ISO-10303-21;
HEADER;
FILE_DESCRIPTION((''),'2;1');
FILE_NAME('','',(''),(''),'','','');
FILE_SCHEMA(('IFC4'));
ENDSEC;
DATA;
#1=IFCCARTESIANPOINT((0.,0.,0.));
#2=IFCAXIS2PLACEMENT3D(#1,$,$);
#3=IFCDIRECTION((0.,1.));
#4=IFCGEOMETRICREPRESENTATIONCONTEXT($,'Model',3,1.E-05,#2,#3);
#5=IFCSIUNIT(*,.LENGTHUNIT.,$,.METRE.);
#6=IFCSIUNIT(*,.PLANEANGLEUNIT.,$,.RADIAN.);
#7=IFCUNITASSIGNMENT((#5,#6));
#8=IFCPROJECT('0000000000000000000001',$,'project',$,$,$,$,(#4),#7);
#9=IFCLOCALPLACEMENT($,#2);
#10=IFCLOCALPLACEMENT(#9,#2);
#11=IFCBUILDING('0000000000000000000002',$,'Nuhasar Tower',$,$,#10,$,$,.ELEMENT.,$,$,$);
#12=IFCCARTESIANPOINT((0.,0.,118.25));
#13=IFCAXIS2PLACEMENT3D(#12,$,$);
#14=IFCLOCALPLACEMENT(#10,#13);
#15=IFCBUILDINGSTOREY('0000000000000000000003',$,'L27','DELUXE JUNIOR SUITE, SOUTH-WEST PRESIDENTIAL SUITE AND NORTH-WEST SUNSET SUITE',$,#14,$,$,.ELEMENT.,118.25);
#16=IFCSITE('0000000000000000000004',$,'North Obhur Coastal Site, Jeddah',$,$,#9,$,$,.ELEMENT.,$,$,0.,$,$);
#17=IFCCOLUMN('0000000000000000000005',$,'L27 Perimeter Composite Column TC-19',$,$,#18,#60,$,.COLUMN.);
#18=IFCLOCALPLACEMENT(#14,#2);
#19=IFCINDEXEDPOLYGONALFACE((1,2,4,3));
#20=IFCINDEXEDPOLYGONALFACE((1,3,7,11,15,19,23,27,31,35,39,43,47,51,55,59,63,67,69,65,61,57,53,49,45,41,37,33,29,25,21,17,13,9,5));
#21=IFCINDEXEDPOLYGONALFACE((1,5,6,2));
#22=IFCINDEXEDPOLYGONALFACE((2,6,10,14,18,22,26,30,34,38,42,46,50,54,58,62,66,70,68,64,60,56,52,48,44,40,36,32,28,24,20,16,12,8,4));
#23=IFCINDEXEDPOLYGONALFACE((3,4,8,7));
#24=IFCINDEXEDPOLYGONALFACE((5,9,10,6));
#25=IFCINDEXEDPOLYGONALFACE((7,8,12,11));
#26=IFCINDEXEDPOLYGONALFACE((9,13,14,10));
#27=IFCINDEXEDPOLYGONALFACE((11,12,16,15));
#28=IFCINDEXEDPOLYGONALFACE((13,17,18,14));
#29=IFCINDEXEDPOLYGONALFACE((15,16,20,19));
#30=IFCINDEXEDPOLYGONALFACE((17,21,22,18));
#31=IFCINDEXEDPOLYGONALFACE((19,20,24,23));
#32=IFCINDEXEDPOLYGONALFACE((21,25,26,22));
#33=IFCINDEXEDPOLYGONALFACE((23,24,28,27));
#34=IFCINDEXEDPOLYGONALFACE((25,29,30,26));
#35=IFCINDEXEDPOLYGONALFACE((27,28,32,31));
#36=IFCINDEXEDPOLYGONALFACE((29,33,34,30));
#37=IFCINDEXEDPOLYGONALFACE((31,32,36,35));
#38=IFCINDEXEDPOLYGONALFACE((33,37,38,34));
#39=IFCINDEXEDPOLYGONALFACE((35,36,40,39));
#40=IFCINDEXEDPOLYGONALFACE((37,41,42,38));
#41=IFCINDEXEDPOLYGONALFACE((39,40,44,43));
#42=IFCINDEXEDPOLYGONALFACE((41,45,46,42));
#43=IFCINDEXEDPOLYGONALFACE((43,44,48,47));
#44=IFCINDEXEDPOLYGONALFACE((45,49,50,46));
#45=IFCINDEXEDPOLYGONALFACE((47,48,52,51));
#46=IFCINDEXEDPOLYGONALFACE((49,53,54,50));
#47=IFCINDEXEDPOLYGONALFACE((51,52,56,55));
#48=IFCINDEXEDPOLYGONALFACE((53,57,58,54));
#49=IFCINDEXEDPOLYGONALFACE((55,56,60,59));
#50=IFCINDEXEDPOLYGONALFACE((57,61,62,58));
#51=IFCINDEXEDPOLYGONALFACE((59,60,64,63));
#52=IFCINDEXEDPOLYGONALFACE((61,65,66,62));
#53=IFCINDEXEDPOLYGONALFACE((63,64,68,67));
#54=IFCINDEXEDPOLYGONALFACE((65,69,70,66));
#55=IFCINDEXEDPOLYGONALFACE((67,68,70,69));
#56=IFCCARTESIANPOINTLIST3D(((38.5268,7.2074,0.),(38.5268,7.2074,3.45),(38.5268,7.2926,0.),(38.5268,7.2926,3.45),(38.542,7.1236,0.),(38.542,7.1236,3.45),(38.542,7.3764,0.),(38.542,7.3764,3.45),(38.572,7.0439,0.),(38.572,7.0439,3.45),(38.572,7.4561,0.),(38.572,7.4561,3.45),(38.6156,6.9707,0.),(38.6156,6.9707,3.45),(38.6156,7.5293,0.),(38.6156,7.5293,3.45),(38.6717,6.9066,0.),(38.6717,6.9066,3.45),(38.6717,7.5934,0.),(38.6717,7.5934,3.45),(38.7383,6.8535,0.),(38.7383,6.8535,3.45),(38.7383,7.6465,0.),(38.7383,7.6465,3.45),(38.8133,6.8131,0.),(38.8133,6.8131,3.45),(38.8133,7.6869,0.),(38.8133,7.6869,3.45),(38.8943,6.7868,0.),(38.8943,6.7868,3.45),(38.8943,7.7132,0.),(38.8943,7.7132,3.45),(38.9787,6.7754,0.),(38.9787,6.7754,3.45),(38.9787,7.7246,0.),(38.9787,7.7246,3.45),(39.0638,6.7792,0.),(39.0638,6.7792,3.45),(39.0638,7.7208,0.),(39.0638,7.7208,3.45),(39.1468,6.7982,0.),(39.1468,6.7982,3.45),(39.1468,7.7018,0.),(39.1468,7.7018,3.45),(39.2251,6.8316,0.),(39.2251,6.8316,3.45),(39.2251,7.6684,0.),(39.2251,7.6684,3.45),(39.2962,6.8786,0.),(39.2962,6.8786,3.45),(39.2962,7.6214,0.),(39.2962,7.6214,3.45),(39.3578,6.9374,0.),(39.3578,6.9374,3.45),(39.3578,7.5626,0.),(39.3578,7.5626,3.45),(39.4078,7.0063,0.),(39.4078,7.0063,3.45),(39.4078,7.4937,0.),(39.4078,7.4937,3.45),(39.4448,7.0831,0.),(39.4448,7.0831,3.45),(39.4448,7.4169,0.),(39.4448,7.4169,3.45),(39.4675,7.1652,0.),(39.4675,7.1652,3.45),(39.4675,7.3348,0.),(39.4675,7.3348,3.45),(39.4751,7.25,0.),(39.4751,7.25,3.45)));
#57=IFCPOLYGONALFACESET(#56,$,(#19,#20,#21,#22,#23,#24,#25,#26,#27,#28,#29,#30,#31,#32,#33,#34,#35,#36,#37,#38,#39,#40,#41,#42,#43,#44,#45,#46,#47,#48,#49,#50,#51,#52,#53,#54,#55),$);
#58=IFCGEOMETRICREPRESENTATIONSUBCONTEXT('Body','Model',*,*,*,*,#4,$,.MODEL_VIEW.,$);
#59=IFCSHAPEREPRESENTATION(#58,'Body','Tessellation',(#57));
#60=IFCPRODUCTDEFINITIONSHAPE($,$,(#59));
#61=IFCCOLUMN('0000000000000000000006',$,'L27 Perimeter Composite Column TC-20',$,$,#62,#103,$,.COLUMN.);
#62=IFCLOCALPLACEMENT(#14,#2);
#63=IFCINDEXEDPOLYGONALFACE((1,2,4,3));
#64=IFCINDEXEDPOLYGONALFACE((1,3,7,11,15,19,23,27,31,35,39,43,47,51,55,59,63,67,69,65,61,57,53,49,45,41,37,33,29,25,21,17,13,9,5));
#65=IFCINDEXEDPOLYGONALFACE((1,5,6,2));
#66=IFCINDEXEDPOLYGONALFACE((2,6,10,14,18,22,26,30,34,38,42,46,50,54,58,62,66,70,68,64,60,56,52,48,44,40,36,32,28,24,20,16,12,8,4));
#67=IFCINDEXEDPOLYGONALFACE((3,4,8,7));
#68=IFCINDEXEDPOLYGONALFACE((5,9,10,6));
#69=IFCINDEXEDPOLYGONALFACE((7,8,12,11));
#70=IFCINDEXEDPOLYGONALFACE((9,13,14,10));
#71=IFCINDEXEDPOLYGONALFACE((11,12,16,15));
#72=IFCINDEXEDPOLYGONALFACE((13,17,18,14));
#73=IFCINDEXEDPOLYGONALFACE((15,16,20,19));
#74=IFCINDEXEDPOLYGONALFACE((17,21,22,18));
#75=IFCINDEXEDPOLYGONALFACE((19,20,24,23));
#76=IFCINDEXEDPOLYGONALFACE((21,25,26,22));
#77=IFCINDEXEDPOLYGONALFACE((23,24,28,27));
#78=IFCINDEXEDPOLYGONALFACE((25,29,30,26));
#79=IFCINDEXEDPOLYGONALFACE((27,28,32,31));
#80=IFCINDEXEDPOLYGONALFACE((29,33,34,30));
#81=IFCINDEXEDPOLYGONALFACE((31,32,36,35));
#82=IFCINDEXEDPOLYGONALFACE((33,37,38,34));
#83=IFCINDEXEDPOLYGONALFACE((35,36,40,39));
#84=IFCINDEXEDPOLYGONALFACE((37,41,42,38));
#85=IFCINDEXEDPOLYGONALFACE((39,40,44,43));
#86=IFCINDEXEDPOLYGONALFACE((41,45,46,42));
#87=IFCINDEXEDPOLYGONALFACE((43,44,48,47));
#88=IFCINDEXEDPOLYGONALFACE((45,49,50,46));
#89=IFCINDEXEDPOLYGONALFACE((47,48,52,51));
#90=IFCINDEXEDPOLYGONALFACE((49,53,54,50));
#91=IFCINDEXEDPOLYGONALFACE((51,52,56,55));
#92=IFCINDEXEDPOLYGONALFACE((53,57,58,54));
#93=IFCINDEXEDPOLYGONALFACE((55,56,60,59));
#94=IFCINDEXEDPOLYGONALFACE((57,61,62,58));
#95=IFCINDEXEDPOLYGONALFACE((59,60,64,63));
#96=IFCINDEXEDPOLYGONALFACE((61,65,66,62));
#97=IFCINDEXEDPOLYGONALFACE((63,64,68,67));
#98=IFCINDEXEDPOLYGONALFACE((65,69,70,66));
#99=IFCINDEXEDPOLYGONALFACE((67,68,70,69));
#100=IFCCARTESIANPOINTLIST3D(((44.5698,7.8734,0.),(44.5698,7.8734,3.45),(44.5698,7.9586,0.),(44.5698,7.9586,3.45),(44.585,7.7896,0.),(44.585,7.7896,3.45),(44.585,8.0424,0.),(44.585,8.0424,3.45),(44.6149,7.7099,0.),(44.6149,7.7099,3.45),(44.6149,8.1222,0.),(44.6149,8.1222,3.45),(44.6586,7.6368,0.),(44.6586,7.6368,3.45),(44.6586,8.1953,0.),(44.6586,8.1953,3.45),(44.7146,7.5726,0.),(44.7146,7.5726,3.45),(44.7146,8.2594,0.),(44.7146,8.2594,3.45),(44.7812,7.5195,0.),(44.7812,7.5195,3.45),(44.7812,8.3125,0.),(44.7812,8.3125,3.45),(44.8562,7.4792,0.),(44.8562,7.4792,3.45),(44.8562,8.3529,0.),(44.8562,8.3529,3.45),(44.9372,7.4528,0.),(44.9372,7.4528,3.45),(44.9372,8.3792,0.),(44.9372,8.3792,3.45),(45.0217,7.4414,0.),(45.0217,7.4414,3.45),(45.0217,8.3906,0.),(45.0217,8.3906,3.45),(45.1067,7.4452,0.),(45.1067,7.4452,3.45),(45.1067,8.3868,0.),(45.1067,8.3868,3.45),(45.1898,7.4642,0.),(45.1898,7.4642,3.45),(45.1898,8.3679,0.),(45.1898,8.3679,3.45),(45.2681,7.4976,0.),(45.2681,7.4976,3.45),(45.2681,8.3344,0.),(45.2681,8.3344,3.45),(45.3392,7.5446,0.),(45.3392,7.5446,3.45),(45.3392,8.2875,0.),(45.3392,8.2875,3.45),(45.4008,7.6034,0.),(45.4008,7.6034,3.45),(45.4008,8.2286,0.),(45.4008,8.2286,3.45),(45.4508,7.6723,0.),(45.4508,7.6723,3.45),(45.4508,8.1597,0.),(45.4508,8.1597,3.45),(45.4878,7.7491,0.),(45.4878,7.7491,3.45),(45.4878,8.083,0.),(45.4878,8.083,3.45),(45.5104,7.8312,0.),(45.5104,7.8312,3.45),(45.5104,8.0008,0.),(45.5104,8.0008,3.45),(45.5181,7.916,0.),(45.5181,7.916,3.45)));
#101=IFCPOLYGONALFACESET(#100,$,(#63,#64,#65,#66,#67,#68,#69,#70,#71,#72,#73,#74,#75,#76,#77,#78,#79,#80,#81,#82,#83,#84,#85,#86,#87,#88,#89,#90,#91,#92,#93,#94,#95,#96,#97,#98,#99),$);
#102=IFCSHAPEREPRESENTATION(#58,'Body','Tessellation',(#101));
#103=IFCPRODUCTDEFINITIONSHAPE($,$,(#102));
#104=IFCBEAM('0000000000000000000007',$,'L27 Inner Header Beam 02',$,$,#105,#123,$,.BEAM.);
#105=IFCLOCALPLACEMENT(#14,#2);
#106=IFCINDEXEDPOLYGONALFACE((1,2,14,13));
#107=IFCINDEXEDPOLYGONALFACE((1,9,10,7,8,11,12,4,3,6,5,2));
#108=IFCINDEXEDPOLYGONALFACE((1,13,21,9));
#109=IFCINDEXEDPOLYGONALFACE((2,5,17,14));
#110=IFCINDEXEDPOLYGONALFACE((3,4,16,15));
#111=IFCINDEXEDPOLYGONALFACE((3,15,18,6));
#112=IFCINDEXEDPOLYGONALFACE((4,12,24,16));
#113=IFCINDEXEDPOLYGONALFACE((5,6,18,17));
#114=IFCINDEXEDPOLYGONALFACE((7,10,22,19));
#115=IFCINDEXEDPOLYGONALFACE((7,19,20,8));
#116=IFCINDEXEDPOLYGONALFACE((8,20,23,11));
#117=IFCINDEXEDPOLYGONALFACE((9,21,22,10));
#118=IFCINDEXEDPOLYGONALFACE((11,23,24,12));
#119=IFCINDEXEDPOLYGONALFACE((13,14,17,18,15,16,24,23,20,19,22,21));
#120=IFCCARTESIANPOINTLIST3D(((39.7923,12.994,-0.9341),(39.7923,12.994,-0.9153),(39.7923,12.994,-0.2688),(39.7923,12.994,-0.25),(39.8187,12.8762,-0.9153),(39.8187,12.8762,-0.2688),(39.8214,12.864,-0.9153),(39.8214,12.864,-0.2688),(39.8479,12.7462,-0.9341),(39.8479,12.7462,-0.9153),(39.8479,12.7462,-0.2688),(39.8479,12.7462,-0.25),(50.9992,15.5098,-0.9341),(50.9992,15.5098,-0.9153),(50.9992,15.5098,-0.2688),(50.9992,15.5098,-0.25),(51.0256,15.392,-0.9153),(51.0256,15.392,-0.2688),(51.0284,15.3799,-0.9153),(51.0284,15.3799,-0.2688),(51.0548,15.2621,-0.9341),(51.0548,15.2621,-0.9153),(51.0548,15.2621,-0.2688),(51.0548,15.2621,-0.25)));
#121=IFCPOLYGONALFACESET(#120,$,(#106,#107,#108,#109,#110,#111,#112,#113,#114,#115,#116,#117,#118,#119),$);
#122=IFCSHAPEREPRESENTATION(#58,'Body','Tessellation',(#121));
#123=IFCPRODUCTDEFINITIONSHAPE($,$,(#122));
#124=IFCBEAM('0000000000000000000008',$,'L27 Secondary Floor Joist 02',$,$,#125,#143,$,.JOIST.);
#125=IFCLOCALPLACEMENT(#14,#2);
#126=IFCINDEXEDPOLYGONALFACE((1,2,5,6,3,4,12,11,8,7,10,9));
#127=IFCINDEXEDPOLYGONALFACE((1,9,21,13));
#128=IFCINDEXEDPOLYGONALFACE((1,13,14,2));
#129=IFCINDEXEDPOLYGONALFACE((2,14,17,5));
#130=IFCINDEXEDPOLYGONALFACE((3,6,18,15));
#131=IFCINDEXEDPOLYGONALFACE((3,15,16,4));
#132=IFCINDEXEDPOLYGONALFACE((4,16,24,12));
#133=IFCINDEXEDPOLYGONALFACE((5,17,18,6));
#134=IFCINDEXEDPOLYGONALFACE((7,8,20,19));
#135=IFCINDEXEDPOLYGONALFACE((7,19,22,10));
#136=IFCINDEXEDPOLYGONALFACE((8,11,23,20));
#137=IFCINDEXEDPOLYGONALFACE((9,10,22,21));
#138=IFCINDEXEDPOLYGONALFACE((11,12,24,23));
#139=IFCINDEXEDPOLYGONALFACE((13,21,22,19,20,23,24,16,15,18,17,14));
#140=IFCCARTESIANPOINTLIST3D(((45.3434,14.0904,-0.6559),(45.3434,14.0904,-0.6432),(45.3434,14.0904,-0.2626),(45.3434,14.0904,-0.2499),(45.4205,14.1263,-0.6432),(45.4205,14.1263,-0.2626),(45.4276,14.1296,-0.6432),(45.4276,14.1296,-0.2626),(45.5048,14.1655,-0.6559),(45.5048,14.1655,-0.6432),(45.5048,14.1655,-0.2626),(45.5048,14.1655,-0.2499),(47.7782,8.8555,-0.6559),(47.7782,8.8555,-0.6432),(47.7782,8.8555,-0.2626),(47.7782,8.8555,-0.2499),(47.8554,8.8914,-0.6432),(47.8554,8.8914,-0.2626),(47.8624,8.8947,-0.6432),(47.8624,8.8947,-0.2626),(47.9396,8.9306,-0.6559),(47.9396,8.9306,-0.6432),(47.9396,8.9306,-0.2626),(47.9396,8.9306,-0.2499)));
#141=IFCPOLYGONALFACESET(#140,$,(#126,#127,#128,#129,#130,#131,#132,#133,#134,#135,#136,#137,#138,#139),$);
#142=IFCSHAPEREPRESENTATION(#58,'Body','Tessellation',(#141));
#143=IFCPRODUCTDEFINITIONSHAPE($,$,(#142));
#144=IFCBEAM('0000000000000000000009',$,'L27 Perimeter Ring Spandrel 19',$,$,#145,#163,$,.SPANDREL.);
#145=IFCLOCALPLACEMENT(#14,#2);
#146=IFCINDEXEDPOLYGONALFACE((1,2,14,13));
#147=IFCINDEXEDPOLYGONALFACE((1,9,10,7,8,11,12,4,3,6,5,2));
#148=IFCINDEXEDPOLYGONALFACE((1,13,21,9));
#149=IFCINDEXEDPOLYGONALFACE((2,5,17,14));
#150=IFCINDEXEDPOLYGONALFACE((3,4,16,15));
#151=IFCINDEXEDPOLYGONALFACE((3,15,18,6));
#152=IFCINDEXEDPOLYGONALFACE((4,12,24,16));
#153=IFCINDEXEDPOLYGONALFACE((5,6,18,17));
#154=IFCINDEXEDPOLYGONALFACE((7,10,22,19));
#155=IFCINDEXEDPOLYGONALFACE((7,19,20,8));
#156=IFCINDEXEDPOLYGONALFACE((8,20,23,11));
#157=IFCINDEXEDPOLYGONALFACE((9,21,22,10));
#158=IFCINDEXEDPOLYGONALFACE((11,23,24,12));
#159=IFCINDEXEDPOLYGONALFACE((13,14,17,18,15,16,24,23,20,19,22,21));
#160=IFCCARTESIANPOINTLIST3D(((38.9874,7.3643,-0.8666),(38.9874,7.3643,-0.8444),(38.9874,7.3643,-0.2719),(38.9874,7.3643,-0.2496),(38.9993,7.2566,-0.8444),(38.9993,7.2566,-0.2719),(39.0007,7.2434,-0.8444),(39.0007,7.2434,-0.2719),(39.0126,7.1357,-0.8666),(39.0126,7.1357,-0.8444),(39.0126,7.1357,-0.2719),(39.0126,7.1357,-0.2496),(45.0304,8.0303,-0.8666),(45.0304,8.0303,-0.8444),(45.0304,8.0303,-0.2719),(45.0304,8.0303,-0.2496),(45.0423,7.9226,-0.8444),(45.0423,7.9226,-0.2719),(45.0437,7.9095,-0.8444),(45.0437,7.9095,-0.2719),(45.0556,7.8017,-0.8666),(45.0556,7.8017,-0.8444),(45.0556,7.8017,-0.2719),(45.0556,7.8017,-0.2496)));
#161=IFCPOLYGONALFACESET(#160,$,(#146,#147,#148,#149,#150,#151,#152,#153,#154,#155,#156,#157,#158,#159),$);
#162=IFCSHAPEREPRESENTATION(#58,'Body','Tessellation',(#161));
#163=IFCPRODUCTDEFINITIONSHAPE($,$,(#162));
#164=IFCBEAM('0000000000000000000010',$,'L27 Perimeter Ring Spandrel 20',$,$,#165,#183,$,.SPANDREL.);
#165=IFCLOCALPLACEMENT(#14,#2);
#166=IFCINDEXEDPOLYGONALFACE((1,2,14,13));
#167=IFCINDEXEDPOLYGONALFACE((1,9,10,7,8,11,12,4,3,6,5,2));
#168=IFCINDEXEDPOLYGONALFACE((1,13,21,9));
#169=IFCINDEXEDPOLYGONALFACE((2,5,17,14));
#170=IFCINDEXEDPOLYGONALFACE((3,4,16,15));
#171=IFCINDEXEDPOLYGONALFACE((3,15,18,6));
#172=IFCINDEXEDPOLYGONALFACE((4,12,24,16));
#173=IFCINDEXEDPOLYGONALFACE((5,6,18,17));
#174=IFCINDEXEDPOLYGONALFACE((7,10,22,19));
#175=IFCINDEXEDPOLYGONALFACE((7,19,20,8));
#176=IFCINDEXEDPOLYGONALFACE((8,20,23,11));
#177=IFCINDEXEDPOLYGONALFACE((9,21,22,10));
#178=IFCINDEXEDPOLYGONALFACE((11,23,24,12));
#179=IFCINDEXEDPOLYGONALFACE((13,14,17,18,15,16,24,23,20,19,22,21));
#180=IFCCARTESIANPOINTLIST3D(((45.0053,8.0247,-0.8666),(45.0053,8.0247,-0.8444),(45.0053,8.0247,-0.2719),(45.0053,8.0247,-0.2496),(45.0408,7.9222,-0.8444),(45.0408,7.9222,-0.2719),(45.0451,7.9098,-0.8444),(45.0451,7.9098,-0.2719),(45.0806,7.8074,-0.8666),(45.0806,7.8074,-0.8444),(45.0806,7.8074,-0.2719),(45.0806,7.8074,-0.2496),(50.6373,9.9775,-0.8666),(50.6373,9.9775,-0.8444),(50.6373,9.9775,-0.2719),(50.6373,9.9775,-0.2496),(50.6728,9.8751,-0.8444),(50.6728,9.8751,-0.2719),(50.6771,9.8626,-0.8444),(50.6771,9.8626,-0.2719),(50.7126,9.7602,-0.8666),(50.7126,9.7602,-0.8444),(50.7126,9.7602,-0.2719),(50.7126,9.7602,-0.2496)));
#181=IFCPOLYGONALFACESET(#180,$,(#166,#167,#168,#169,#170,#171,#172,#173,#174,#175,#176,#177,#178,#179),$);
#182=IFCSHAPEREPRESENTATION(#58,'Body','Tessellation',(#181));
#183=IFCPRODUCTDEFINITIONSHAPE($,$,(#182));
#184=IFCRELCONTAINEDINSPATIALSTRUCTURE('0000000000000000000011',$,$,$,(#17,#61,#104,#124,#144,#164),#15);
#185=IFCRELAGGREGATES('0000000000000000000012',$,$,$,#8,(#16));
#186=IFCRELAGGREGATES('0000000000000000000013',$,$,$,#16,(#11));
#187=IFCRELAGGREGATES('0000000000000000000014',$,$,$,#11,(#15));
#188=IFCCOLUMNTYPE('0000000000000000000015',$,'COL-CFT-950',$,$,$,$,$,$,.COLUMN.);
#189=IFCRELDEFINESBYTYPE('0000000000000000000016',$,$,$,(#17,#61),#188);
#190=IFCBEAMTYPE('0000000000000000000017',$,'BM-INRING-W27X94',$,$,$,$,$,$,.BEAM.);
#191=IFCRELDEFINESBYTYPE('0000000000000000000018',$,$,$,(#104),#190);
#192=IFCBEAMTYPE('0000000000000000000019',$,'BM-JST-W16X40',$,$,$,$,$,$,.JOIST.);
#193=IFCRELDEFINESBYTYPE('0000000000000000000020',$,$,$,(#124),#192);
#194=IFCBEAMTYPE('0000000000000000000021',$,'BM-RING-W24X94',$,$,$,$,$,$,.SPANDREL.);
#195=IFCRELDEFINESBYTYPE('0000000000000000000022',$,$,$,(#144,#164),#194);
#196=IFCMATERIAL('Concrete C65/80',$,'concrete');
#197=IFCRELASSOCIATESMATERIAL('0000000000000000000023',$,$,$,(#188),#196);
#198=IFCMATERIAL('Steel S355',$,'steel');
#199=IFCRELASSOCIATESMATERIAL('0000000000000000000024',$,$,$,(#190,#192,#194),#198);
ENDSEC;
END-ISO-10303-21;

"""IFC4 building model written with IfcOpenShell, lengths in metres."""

from ifc_helpers import new_model, si_unit, direction, frame, origin, origin_2d, place, context, subcontext, project, spatial, circle, i_section, extrude, material, material_profile, profile_set, type_object, element, save


model = new_model("IFC4")

# Units and contexts
model_context = context("Model", 3, precision=1e-05, world=origin(), true_north=direction((0.0, 1.0)))
body_context = subcontext(model_context, "Body", "Model", "MODEL_VIEW")
ifc_project = project(units=[si_unit("LENGTHUNIT", "METRE"), si_unit("PLANEANGLEUNIT", "RADIAN")], contexts=[model_context])

# Site, building, storey
site_placement = place(None, origin())
site = spatial("IfcSite", under=ifc_project, at=site_placement, Name="North Obhur Coastal Site, Jeddah", CompositionType="ELEMENT", RefElevation=0.0)
building_placement = place(site_placement, origin())
building = spatial("IfcBuilding", under=site, at=building_placement, Name="Nuhasar Tower", CompositionType="ELEMENT")
storey_placement = place(building_placement, frame((0.0, 0.0, 118.25)))
storey = spatial("IfcBuildingStorey", under=building, at=storey_placement, Name="L27", Description="DELUXE JUNIOR SUITE, SOUTH-WEST PRESIDENTIAL SUITE AND NORTH-WEST SUNSET SUITE", CompositionType="ELEMENT", Elevation=118.25)

# Columns
ifc_material_1 = material(Name="Concrete C65/80", Category="concrete")
ifc_material_profile_1 = material_profile(ifc_material_1, circle(Radius=0.4751, at=origin_2d()), Name="CFT950")
ifc_profile_set_1 = profile_set([ifc_material_profile_1], Name="Concrete C65/80")
column_type = type_object("IfcColumnType", Name="COL-CFT-950", PredefinedType="COLUMN", material=ifc_profile_set_1)
for number, where, z_axis, x_axis, name in (
    (1, (39.0, 7.25, 0.0), (0.0, 0.0, 1.0), (1.0, 0.0, 0.0), "L27 Perimeter Composite Column TC-19"),
    (2, (45.043, 7.916, 0.0), (0.0, 0.0, 1.0), (1.0, 0.0, 0.0), "L27 Perimeter Composite Column TC-20"),
):
    element("IfcColumn", number, at=place(storey_placement, frame(where, z_axis=z_axis, x_axis=x_axis)), inside=storey, type_object=column_type, Name=name, PredefinedType="COLUMN", context=body_context, shape_type="SweptSolid", body=[
        extrude(circle(Radius=0.4751, at=origin_2d()), origin(), (0.0, 0.0, 1.0), 3.45),
    ])

# Beams
ifc_material_2 = material(Name="Steel S355", Category="steel")
ifc_material_profile_2 = material_profile(ifc_material_2, i_section(OverallWidth=0.2539, OverallDepth=0.6841, WebThickness=0.0125, FlangeThickness=0.0188, at=origin_2d()), Name="W27X94")
ifc_profile_set_2 = profile_set([ifc_material_profile_2], Name="Steel S355")
beam_type_1 = type_object("IfcBeamType", Name="BM-INRING-W27X94", PredefinedType="BEAM", material=ifc_profile_set_2)
beam_1_placement = place(storey_placement, frame((39.8201, 12.8701, -0.592), z_axis=(0.975716, 0.219039, 0.0), x_axis=(-0.219039, 0.975716, 0.0)))
element("IfcBeam", 3, at=beam_1_placement, inside=storey, type_object=beam_type_1, Name="L27 Inner Header Beam 02", PredefinedType="BEAM", context=body_context, shape_type="SweptSolid", body=[
    extrude(i_section(OverallWidth=0.2539, OverallDepth=0.6841, WebThickness=0.0125, FlangeThickness=0.0188, at=origin_2d()), origin(), (0.0, 0.0, 1.0), 11.4858),
])
ifc_material_profile_3 = material_profile(ifc_material_2, i_section(OverallWidth=0.178, OverallDepth=0.406, WebThickness=0.0078, FlangeThickness=0.0127, at=origin_2d()), Name="W16X40")
ifc_profile_set_3 = profile_set([ifc_material_profile_3], Name="Steel S355")
beam_type_2 = type_object("IfcBeamType", Name="BM-JST-W16X40", PredefinedType="JOIST", material=ifc_profile_set_3)
beam_2_placement = place(storey_placement, frame((45.4241, 14.1279, -0.4529), z_axis=(0.42173, -0.906721, 0.0), x_axis=(0.906721, 0.42173, 0.0)))
element("IfcBeam", 4, at=beam_2_placement, inside=storey, type_object=beam_type_2, Name="L27 Secondary Floor Joist 02", PredefinedType="JOIST", context=body_context, shape_type="SweptSolid", body=[
    extrude(i_section(OverallWidth=0.178, OverallDepth=0.406, WebThickness=0.0078, FlangeThickness=0.0127, at=origin_2d()), origin(), (0.0, 0.0, 1.0), 5.7734),
])
ifc_material_profile_4 = material_profile(ifc_material_2, i_section(OverallWidth=0.23, OverallDepth=0.6169, WebThickness=0.0132, FlangeThickness=0.0222, at=origin_2d()), Name="W24X94")
ifc_profile_set_4 = profile_set([ifc_material_profile_4], Name="Steel S355")
beam_type_3 = type_object("IfcBeamType", Name="BM-RING-W24X94", PredefinedType="SPANDREL", material=ifc_profile_set_4)
beam_3_placement = place(storey_placement, frame((39.0, 7.25, -0.5581), z_axis=(0.993981, 0.10955, 0.0), x_axis=(-0.10955, 0.993981, 0.0)))
element("IfcBeam", 5, at=beam_3_placement, inside=storey, type_object=beam_type_3, Name="L27 Perimeter Ring Spandrel 19", PredefinedType="SPANDREL", context=body_context, shape_type="SweptSolid", body=[
    extrude(i_section(OverallWidth=0.23, OverallDepth=0.6169, WebThickness=0.0132, FlangeThickness=0.0222, at=origin_2d()), origin(), (0.0, 0.0, 1.0), 6.0796),
])
beam_4_placement = place(storey_placement, frame((45.043, 7.916, -0.5581), z_axis=(0.944814, 0.327607, 0.0), x_axis=(-0.327607, 0.944814, 0.0)))
element("IfcBeam", 6, at=beam_4_placement, inside=storey, type_object=beam_type_3, Name="L27 Perimeter Ring Spandrel 20", PredefinedType="SPANDREL", context=body_context, shape_type="SweptSolid", body=[
    extrude(i_section(OverallWidth=0.23, OverallDepth=0.6169, WebThickness=0.0132, FlangeThickness=0.0222, at=origin_2d()), origin(), (0.0, 0.0, 1.0), 5.9609),
])

save(model, "model.ifc")
